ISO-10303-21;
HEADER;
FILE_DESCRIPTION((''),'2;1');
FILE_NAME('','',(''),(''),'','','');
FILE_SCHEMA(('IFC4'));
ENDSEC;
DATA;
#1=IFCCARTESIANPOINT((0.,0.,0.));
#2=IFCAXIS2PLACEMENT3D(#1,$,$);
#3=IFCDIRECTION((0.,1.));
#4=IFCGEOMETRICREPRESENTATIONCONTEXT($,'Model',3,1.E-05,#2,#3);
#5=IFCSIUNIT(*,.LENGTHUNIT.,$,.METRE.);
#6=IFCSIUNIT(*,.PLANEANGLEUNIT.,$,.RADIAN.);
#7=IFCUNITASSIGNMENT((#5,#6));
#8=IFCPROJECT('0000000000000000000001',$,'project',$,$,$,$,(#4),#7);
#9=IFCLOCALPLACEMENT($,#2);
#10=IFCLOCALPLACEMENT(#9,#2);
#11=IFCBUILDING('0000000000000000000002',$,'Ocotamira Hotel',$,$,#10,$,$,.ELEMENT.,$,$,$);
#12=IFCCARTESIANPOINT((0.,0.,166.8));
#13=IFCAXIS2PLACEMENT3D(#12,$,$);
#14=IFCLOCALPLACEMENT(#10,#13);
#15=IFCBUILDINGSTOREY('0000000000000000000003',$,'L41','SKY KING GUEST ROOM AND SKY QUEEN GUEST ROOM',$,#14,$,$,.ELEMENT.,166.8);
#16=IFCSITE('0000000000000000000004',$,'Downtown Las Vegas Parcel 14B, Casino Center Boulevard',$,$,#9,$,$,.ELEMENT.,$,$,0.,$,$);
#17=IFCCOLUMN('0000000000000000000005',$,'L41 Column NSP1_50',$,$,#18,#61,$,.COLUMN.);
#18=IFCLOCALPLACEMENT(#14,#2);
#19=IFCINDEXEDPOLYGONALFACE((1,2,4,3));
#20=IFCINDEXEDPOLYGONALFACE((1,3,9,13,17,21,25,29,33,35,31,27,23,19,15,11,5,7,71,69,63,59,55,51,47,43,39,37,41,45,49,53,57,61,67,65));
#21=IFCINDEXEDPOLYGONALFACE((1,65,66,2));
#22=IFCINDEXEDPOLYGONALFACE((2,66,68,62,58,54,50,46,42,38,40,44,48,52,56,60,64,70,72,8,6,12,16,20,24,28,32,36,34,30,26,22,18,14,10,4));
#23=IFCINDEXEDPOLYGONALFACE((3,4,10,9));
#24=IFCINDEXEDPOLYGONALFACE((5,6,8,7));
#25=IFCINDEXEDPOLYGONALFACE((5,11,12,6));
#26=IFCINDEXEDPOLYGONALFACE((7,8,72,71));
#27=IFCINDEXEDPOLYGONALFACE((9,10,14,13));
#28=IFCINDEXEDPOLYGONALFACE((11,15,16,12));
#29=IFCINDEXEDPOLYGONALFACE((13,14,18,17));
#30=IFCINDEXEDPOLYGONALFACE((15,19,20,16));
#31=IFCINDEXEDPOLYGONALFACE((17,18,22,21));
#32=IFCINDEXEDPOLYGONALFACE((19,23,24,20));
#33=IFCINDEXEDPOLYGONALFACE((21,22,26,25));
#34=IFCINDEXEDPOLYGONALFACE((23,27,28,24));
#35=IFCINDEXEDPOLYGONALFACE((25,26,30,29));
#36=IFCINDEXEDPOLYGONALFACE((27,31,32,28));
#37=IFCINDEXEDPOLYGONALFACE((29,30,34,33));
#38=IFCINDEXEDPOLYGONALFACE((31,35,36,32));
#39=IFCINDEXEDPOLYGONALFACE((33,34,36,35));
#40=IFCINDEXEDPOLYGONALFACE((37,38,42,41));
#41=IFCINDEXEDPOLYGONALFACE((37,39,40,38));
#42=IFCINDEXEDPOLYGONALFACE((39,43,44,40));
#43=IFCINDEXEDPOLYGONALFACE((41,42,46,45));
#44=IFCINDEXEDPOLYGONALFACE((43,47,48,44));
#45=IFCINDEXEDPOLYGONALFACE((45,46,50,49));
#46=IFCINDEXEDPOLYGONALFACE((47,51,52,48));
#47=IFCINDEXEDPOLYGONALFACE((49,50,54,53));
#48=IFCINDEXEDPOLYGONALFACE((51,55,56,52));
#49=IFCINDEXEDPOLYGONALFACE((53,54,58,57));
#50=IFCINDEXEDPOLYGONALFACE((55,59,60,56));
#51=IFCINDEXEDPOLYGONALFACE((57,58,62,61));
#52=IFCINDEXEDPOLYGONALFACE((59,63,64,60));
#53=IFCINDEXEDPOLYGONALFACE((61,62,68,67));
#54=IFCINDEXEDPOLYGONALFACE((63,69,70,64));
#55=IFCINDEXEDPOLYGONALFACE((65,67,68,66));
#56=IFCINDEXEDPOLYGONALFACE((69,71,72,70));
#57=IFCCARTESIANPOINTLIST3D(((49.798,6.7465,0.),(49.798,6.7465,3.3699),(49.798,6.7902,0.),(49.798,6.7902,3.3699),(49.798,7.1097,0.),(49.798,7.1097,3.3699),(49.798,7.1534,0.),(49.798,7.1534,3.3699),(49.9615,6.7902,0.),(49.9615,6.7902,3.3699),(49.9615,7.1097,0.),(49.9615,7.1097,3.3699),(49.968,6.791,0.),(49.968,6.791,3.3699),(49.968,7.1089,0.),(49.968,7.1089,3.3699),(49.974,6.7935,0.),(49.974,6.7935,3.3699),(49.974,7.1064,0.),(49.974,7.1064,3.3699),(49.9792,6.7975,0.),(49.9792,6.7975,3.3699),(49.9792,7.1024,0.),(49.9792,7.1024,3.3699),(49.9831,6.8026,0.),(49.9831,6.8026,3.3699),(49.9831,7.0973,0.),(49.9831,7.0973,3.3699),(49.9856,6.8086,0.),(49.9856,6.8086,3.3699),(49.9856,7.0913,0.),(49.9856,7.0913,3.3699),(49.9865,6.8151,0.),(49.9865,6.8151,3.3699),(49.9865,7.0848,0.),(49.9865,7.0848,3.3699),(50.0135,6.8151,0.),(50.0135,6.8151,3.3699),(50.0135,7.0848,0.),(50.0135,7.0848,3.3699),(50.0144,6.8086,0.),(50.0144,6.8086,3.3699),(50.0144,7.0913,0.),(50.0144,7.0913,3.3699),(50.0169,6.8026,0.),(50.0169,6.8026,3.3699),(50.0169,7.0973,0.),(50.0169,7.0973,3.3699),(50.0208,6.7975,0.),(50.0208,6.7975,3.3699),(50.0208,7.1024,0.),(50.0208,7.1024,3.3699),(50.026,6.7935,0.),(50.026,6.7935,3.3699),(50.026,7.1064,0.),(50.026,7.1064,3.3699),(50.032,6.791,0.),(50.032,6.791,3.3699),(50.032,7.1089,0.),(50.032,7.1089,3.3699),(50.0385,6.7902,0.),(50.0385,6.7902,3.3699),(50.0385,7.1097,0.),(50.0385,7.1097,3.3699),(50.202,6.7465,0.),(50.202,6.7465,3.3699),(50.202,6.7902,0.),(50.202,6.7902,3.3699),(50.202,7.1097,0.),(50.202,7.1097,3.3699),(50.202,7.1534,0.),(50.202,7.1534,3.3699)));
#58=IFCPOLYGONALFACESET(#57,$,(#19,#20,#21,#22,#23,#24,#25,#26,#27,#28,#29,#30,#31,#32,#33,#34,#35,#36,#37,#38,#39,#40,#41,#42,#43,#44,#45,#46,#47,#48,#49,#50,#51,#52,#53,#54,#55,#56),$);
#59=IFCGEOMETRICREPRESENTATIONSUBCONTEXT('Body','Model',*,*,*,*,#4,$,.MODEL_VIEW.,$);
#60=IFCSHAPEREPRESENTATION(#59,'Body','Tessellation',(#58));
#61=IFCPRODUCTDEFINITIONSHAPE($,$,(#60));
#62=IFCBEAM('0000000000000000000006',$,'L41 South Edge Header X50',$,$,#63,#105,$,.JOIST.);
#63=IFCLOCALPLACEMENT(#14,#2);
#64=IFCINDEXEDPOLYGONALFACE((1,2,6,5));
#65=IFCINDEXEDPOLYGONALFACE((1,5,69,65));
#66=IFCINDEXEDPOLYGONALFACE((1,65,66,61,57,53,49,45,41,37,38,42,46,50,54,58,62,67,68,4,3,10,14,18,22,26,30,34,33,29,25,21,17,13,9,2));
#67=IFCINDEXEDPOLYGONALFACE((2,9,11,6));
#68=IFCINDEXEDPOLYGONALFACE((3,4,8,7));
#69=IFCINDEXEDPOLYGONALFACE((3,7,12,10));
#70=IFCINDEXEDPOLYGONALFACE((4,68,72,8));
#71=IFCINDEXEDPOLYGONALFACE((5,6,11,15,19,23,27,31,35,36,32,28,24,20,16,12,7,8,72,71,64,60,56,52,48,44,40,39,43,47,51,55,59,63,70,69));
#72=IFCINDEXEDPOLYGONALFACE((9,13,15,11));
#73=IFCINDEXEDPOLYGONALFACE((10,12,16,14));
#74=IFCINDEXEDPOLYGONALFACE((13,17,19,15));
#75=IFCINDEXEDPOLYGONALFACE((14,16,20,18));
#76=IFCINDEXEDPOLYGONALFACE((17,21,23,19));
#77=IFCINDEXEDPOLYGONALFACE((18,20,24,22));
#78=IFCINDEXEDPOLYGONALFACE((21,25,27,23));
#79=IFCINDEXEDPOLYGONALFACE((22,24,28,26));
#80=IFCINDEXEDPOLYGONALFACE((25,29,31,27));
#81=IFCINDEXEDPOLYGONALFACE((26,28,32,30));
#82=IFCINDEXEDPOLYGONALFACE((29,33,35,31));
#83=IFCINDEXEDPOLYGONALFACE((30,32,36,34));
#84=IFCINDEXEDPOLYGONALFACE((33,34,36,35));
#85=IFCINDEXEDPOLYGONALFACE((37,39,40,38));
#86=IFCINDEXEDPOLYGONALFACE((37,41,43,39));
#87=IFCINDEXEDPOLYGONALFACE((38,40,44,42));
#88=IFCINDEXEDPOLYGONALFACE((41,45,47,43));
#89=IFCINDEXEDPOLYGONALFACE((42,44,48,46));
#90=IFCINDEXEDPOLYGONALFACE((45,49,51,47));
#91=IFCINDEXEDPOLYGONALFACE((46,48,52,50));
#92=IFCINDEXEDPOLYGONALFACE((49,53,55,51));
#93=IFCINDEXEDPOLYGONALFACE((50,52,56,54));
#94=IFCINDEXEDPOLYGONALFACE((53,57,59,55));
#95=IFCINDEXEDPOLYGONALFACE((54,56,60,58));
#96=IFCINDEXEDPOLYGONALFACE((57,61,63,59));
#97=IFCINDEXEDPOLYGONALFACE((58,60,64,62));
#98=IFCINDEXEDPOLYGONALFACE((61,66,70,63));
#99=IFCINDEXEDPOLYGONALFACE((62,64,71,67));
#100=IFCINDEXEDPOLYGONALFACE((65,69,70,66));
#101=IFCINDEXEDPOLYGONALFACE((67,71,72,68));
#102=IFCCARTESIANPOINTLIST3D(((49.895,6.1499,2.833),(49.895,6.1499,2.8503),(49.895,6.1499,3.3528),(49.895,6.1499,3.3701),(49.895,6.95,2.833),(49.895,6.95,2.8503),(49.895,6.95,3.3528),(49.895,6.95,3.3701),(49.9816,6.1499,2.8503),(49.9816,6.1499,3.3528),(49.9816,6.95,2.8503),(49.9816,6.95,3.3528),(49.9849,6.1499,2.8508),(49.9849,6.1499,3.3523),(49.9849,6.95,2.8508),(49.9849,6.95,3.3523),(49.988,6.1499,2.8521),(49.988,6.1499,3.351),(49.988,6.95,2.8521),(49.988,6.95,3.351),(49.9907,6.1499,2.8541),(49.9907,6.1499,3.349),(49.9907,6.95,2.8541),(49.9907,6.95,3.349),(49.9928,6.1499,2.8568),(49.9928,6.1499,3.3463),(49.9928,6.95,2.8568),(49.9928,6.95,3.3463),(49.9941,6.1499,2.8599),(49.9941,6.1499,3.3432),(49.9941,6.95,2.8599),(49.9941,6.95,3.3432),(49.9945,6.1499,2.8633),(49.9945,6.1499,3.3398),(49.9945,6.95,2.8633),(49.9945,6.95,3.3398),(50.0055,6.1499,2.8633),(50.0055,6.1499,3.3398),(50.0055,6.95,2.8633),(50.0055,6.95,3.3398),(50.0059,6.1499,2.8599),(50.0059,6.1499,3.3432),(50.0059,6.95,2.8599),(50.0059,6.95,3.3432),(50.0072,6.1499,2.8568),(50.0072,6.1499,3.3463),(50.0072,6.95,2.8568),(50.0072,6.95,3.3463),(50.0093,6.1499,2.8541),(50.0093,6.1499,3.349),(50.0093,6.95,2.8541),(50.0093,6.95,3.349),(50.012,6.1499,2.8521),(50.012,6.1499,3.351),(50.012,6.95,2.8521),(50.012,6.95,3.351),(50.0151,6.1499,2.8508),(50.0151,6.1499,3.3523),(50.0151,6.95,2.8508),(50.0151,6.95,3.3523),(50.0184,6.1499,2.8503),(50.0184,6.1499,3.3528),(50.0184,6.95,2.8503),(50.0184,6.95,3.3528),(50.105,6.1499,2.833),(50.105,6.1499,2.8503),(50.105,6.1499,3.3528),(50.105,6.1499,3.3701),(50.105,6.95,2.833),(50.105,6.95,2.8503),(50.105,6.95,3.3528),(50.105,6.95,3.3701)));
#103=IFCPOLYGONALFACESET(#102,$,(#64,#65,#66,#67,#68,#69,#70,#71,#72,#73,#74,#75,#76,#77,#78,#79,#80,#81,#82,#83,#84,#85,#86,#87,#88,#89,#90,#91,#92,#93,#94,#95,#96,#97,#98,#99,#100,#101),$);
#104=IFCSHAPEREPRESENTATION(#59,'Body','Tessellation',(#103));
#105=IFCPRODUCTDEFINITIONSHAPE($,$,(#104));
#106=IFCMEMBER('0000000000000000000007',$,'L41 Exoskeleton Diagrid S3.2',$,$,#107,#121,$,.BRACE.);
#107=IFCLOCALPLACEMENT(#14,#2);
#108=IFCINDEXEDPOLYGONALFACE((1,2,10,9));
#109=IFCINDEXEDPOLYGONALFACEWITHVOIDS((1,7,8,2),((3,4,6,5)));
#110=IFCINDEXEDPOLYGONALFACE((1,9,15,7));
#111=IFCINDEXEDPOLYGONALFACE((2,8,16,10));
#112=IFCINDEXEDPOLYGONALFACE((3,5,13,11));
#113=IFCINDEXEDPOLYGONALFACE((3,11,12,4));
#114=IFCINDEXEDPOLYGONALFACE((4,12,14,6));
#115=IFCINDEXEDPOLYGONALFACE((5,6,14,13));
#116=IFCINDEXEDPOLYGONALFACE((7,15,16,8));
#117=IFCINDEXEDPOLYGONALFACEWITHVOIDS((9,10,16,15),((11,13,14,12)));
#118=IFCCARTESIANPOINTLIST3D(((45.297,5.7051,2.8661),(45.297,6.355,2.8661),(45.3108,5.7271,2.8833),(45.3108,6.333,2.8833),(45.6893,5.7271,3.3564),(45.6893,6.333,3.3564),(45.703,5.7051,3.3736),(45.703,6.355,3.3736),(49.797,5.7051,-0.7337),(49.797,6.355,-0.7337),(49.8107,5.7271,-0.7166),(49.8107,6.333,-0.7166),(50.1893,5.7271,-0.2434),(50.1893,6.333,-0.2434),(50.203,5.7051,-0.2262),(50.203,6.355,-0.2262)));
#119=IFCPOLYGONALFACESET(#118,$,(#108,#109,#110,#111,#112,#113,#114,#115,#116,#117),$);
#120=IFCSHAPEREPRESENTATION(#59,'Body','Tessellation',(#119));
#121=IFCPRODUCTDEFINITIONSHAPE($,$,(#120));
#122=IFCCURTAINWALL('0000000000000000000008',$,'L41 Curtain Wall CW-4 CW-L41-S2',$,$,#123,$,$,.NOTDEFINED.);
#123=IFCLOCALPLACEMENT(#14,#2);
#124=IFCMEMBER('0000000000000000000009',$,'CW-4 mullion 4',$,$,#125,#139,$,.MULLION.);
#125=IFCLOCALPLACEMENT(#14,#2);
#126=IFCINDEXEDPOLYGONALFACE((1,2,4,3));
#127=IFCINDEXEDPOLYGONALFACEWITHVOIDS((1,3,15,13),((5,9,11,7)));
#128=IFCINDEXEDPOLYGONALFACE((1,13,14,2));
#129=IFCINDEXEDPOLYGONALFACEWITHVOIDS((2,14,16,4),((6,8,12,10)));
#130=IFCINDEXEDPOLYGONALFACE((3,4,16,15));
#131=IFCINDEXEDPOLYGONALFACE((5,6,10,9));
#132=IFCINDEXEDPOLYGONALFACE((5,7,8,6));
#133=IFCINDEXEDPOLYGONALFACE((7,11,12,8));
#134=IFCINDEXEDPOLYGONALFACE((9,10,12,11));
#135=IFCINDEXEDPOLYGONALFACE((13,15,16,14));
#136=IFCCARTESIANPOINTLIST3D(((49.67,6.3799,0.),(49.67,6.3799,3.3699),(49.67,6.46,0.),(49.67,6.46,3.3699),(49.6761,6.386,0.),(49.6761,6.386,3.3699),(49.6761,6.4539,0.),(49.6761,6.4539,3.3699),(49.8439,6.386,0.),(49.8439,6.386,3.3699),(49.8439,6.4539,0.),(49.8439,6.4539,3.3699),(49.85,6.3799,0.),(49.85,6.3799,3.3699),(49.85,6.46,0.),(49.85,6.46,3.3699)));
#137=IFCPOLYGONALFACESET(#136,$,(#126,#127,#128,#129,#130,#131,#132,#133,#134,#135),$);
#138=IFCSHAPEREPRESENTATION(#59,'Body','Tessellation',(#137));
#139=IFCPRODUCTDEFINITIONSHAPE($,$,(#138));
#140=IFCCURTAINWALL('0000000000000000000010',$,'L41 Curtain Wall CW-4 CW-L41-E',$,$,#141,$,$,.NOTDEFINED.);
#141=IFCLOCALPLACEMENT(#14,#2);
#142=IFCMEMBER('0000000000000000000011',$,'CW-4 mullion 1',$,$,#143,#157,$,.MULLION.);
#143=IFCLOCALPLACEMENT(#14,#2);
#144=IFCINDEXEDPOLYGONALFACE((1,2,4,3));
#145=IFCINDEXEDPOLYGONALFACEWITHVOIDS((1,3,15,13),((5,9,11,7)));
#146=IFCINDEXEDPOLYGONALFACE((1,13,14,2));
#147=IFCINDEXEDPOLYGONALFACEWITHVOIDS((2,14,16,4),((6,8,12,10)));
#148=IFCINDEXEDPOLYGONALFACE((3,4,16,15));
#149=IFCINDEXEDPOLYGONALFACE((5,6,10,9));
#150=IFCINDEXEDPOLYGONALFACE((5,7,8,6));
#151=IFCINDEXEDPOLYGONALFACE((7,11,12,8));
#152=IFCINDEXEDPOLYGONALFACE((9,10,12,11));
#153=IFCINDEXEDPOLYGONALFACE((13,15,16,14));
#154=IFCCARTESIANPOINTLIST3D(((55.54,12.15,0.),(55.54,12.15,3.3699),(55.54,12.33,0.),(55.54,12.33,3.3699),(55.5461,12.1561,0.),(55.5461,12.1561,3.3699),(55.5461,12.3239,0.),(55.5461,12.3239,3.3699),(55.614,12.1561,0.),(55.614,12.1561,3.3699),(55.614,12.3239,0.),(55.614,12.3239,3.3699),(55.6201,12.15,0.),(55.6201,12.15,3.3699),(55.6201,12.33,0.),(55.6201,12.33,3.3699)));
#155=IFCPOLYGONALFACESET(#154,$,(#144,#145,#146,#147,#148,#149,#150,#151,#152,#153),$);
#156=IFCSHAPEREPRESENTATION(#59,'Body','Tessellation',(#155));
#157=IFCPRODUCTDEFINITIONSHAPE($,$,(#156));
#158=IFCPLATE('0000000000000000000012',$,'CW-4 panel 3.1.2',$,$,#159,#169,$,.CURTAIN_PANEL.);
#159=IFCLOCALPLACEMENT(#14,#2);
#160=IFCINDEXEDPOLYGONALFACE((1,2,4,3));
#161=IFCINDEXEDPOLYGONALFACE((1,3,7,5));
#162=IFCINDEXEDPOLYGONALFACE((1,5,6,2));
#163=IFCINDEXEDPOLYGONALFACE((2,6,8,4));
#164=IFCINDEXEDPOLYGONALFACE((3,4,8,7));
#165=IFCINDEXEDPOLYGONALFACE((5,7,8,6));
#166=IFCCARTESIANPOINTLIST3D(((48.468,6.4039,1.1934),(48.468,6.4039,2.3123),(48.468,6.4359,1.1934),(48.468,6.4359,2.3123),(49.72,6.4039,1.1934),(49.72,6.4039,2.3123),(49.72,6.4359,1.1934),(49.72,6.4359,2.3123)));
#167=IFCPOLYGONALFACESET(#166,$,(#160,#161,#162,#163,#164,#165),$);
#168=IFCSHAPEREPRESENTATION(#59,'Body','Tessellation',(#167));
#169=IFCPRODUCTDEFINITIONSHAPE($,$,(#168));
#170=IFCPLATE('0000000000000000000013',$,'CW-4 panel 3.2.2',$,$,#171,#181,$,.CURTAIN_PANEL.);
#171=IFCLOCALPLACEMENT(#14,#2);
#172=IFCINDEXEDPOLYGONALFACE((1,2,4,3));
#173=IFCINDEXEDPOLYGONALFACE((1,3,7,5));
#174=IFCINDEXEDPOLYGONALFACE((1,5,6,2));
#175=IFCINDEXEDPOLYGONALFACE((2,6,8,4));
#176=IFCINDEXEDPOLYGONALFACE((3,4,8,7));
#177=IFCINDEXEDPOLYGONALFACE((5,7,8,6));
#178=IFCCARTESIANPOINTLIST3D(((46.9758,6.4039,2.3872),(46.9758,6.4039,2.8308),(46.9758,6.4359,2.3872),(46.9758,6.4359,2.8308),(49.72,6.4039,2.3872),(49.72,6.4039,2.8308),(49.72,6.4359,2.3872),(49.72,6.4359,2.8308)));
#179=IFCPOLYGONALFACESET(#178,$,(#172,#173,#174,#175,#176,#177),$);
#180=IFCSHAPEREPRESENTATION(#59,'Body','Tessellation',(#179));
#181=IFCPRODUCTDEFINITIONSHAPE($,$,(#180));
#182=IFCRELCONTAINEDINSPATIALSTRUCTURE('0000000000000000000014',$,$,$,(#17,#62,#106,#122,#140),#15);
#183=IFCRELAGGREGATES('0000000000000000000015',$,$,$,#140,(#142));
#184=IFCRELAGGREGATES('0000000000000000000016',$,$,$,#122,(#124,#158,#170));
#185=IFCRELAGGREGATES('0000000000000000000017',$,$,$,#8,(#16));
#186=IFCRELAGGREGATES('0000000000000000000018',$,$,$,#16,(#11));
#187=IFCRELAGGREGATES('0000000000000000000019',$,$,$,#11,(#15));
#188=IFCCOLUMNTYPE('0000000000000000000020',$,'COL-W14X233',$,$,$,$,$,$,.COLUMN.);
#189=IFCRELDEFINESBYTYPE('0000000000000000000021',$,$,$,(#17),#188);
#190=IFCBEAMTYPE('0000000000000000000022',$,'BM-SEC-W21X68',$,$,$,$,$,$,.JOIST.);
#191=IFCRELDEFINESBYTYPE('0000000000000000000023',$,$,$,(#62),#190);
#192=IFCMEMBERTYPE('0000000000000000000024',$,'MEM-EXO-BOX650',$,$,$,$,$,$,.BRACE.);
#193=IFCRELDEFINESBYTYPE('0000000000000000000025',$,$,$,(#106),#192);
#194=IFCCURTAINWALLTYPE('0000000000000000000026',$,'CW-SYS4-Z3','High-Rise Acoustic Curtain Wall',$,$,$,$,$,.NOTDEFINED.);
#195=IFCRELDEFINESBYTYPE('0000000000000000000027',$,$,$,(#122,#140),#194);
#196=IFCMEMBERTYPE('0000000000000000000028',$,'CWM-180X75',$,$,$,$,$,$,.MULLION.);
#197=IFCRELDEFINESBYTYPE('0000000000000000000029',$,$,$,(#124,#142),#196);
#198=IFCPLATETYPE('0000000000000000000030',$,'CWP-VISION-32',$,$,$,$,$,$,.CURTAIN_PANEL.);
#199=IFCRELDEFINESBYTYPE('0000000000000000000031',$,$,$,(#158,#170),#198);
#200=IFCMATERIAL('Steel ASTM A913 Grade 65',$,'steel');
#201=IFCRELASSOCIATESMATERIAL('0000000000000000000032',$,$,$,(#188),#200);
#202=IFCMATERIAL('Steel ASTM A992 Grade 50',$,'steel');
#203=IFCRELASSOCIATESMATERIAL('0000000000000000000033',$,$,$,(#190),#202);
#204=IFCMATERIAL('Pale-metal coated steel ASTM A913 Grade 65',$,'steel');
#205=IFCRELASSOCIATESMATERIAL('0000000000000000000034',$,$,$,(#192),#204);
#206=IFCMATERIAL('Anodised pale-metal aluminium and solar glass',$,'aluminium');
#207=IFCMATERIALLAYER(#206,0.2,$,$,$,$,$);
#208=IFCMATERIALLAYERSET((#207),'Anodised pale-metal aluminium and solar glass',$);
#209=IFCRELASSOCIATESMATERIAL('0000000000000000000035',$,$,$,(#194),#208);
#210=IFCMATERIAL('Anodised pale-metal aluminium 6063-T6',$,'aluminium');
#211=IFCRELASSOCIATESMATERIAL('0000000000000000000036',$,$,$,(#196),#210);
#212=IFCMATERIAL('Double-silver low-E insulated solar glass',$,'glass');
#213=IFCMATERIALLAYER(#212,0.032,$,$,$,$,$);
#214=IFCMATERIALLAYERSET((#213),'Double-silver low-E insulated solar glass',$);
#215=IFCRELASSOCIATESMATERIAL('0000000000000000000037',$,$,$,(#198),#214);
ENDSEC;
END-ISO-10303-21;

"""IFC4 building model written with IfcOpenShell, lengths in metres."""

from ifc_helpers import new_model, si_unit, direction, frame, origin, origin_2d, place, context, subcontext, project, spatial, rectangle, hollow_rectangle, i_section, extrude, source, transform, mapped, material, layer, layer_set, material_profile, profile_set, type_object, element, aggregate, save


model = new_model("IFC4")

# Units and contexts
model_context = context("Model", 3, precision=1e-05, world=origin(), true_north=direction((0.0, 1.0)))
body_context = subcontext(model_context, "Body", "Model", "MODEL_VIEW")
ifc_project = project(units=[si_unit("LENGTHUNIT", "METRE"), si_unit("PLANEANGLEUNIT", "RADIAN")], contexts=[model_context])

# Site, building, storey
site_placement = place(None, origin())
site = spatial("IfcSite", under=ifc_project, at=site_placement, Name="Downtown Las Vegas Parcel 14B, Casino Center Boulevard", CompositionType="ELEMENT", RefElevation=0.0)
building_placement = place(site_placement, origin())
building = spatial("IfcBuilding", under=site, at=building_placement, Name="Ocotamira Hotel", CompositionType="ELEMENT")
storey_placement = place(building_placement, frame((0.0, 0.0, 166.8)))
storey = spatial("IfcBuildingStorey", under=building, at=storey_placement, Name="L41", Description="SKY KING GUEST ROOM AND SKY QUEEN GUEST ROOM", CompositionType="ELEMENT", Elevation=166.8)

# Column
ifc_material_1 = material(Name="Steel ASTM A913 Grade 65", Category="steel")
ifc_material_profile_1 = material_profile(ifc_material_1, i_section(OverallWidth=0.4041, OverallDepth=0.407, WebThickness=0.0271, FlangeThickness=0.0437, FilletRadius=0.0249, at=origin_2d()), Name="W14X233")
ifc_profile_set_1 = profile_set([ifc_material_profile_1], Name="Steel ASTM A913 Grade 65")
column_type = type_object("IfcColumnType", Name="COL-W14X233", PredefinedType="COLUMN", material=ifc_profile_set_1)
shared_shape_1 = source(origin(), body_context, "Body", "SweptSolid", [
    extrude(i_section(OverallWidth=0.4041, OverallDepth=0.407, WebThickness=0.0271, FlangeThickness=0.0437, FilletRadius=0.0249, at=origin_2d()), origin(), (0.0, 0.0, 1.0), 3.3699),
])
column_placement = place(storey_placement, frame((50.0, 6.95, 0.0), z_axis=(0.0, 0.0, 1.0), x_axis=(1.0, 0.0, 0.0)))
element("IfcColumn", 1, at=column_placement, inside=storey, type_object=column_type, Name="L41 Column NSP1_50", PredefinedType="COLUMN", context=body_context, shape_type="MappedRepresentation", body=[
    mapped(shared_shape_1, transform((0.0, 0.0, 0.0), scale=1.0)),
])

# Beam
ifc_material_2 = material(Name="Steel ASTM A992 Grade 50", Category="steel")
ifc_material_profile_2 = material_profile(ifc_material_2, i_section(OverallWidth=0.21, OverallDepth=0.5371, WebThickness=0.011, FlangeThickness=0.0173, FilletRadius=0.0129, at=origin_2d()), Name="W21X68")
ifc_profile_set_2 = profile_set([ifc_material_profile_2], Name="Steel ASTM A992 Grade 50")
beam_type = type_object("IfcBeamType", Name="BM-SEC-W21X68", PredefinedType="JOIST", material=ifc_profile_set_2)
shared_shape_2 = source(origin(), body_context, "Body", "SweptSolid", [
    extrude(i_section(OverallWidth=0.21, OverallDepth=0.5371, WebThickness=0.011, FlangeThickness=0.0173, FilletRadius=0.0129, at=origin_2d()), origin(), (0.0, 0.0, 1.0), 0.8),
])
beam_placement = place(storey_placement, frame((50.0, 6.95, 3.1016), z_axis=(0.0, -1.0, 0.0), x_axis=(1.0, 0.0, 0.0)))
element("IfcBeam", 2, at=beam_placement, inside=storey, type_object=beam_type, Name="L41 South Edge Header X50", PredefinedType="JOIST", context=body_context, shape_type="MappedRepresentation", body=[
    mapped(shared_shape_2, transform((0.0, 0.0, 0.0), scale=1.0)),
])

# Member
ifc_material_3 = material(Name="Pale-metal coated steel ASTM A913 Grade 65", Category="steel")
ifc_material_profile_3 = material_profile(ifc_material_3, hollow_rectangle(XDim=0.6499, YDim=0.6499, WallThickness=0.022, at=origin_2d()), Name="BOX650X650X22")
ifc_profile_set_3 = profile_set([ifc_material_profile_3], Name="Pale-metal coated steel ASTM A913 Grade 65")
member_type_1 = type_object("IfcMemberType", Name="MEM-EXO-BOX650", PredefinedType="BRACE", material=ifc_profile_set_3)
shared_shape_3 = source(origin(), body_context, "Body", "SweptSolid", [
    extrude(hollow_rectangle(XDim=0.6499, YDim=0.6499, WallThickness=0.022, at=origin_2d()), origin(), (0.0, 0.0, 1.0), 5.7627),
])
member_1_placement = place(storey_placement, frame((50.0, 6.03, -0.48), z_axis=(-0.780881, 0.0, 0.62468), x_axis=(0.0, -1.0, 0.0)))
element("IfcMember", 3, at=member_1_placement, inside=storey, type_object=member_type_1, Name="L41 Exoskeleton Diagrid S3.2", PredefinedType="BRACE", context=body_context, shape_type="MappedRepresentation", body=[
    mapped(shared_shape_3, transform((0.0, 0.0, 0.0), scale=1.0)),
])

# Curtain walls, members
ifc_material_4 = material(Name="Anodised pale-metal aluminium and solar glass", Category="aluminium")
ifc_layer_1 = layer(ifc_material_4, 0.2)
ifc_layer_set_1 = layer_set([ifc_layer_1], Name="Anodised pale-metal aluminium and solar glass")
curtain_wall_type = type_object("IfcCurtainWallType", Name="CW-SYS4-Z3", Description="High-Rise Acoustic Curtain Wall", PredefinedType="NOTDEFINED", material=ifc_layer_set_1)
curtain_wall_1_placement = place(storey_placement, origin())
curtain_wall_1 = element("IfcCurtainWall", 4, at=curtain_wall_1_placement, inside=storey, type_object=curtain_wall_type, Name="L41 Curtain Wall CW-4 CW-L41-S2", PredefinedType="NOTDEFINED")
ifc_material_5 = material(Name="Anodised pale-metal aluminium 6063-T6", Category="aluminium")
ifc_material_profile_4 = material_profile(ifc_material_5, hollow_rectangle(XDim=0.0801, YDim=0.1799, WallThickness=0.0061, at=origin_2d()), Name="HSS180X80X6")
ifc_profile_set_4 = profile_set([ifc_material_profile_4], Name="Anodised pale-metal aluminium 6063-T6")
member_type_2 = type_object("IfcMemberType", Name="CWM-180X75", PredefinedType="MULLION", material=ifc_profile_set_4)
shared_shape_4 = source(origin(), body_context, "Body", "SweptSolid", [
    extrude(hollow_rectangle(XDim=0.0801, YDim=0.1799, WallThickness=0.0061, at=origin_2d()), origin(), (0.0, 0.0, 1.0), 3.3699),
])
member_2_placement = place(storey_placement, frame((49.76, 6.4199, 0.0), z_axis=(0.0, 0.0, 1.0), x_axis=(0.0, 1.0, 0.0)))
member_2 = element("IfcMember", 5, at=member_2_placement, type_object=member_type_2, Name="CW-4 mullion 4", PredefinedType="MULLION", context=body_context, shape_type="MappedRepresentation", body=[
    mapped(shared_shape_4, transform((0.0, 0.0, 0.0), scale=1.0)),
])
curtain_wall_2_placement = place(storey_placement, origin())
curtain_wall_2 = element("IfcCurtainWall", 6, at=curtain_wall_2_placement, inside=storey, type_object=curtain_wall_type, Name="L41 Curtain Wall CW-4 CW-L41-E", PredefinedType="NOTDEFINED")
member_3_placement = place(storey_placement, frame((55.5801, 12.24, 0.0), z_axis=(0.0, 0.0, 1.0), x_axis=(-1.0, 0.0, 0.0)))
member_3 = element("IfcMember", 7, at=member_3_placement, type_object=member_type_2, Name="CW-4 mullion 1", PredefinedType="MULLION", context=body_context, shape_type="MappedRepresentation", body=[
    mapped(shared_shape_4, transform((0.0, 0.0, 0.0), scale=1.0)),
])
aggregate(curtain_wall_2, [member_3])

# Plates
ifc_material_6 = material(Name="Double-silver low-E insulated solar glass", Category="glass")
ifc_layer_2 = layer(ifc_material_6, 0.032)
ifc_layer_set_2 = layer_set([ifc_layer_2], Name="Double-silver low-E insulated solar glass")
plate_type = type_object("IfcPlateType", Name="CWP-VISION-32", PredefinedType="CURTAIN_PANEL", material=ifc_layer_set_2)
shared_shape_5 = source(origin(), body_context, "Body", "SweptSolid", [
    extrude(rectangle(XDim=1.252, YDim=0.032, at=origin_2d()), origin(), (0.0, 0.0, 1.0), 1.1189),
])
plate_1_placement = place(storey_placement, frame((49.094, 6.4199, 1.1934), z_axis=(0.0, 0.0, 1.0), x_axis=(1.0, 0.0, 0.0)))
plate_1 = element("IfcPlate", 8, at=plate_1_placement, type_object=plate_type, Name="CW-4 panel 3.1.2", PredefinedType="CURTAIN_PANEL", context=body_context, shape_type="MappedRepresentation", body=[
    mapped(shared_shape_5, transform((0.0, 0.0, 0.0), scale=1.0)),
])
shared_shape_6 = source(origin(), body_context, "Body", "SweptSolid", [
    extrude(rectangle(XDim=2.7441, YDim=0.032, at=origin_2d()), origin(), (0.0, 0.0, 1.0), 0.4436),
])
plate_2_placement = place(storey_placement, frame((48.3479, 6.4199, 2.3872), z_axis=(0.0, 0.0, 1.0), x_axis=(1.0, 0.0, 0.0)))
plate_2 = element("IfcPlate", 9, at=plate_2_placement, type_object=plate_type, Name="CW-4 panel 3.2.2", PredefinedType="CURTAIN_PANEL", context=body_context, shape_type="MappedRepresentation", body=[
    mapped(shared_shape_6, transform((0.0, 0.0, 0.0), scale=1.0)),
])
aggregate(curtain_wall_1, [member_2, plate_1, plate_2])

save(model, "model.ifc")
